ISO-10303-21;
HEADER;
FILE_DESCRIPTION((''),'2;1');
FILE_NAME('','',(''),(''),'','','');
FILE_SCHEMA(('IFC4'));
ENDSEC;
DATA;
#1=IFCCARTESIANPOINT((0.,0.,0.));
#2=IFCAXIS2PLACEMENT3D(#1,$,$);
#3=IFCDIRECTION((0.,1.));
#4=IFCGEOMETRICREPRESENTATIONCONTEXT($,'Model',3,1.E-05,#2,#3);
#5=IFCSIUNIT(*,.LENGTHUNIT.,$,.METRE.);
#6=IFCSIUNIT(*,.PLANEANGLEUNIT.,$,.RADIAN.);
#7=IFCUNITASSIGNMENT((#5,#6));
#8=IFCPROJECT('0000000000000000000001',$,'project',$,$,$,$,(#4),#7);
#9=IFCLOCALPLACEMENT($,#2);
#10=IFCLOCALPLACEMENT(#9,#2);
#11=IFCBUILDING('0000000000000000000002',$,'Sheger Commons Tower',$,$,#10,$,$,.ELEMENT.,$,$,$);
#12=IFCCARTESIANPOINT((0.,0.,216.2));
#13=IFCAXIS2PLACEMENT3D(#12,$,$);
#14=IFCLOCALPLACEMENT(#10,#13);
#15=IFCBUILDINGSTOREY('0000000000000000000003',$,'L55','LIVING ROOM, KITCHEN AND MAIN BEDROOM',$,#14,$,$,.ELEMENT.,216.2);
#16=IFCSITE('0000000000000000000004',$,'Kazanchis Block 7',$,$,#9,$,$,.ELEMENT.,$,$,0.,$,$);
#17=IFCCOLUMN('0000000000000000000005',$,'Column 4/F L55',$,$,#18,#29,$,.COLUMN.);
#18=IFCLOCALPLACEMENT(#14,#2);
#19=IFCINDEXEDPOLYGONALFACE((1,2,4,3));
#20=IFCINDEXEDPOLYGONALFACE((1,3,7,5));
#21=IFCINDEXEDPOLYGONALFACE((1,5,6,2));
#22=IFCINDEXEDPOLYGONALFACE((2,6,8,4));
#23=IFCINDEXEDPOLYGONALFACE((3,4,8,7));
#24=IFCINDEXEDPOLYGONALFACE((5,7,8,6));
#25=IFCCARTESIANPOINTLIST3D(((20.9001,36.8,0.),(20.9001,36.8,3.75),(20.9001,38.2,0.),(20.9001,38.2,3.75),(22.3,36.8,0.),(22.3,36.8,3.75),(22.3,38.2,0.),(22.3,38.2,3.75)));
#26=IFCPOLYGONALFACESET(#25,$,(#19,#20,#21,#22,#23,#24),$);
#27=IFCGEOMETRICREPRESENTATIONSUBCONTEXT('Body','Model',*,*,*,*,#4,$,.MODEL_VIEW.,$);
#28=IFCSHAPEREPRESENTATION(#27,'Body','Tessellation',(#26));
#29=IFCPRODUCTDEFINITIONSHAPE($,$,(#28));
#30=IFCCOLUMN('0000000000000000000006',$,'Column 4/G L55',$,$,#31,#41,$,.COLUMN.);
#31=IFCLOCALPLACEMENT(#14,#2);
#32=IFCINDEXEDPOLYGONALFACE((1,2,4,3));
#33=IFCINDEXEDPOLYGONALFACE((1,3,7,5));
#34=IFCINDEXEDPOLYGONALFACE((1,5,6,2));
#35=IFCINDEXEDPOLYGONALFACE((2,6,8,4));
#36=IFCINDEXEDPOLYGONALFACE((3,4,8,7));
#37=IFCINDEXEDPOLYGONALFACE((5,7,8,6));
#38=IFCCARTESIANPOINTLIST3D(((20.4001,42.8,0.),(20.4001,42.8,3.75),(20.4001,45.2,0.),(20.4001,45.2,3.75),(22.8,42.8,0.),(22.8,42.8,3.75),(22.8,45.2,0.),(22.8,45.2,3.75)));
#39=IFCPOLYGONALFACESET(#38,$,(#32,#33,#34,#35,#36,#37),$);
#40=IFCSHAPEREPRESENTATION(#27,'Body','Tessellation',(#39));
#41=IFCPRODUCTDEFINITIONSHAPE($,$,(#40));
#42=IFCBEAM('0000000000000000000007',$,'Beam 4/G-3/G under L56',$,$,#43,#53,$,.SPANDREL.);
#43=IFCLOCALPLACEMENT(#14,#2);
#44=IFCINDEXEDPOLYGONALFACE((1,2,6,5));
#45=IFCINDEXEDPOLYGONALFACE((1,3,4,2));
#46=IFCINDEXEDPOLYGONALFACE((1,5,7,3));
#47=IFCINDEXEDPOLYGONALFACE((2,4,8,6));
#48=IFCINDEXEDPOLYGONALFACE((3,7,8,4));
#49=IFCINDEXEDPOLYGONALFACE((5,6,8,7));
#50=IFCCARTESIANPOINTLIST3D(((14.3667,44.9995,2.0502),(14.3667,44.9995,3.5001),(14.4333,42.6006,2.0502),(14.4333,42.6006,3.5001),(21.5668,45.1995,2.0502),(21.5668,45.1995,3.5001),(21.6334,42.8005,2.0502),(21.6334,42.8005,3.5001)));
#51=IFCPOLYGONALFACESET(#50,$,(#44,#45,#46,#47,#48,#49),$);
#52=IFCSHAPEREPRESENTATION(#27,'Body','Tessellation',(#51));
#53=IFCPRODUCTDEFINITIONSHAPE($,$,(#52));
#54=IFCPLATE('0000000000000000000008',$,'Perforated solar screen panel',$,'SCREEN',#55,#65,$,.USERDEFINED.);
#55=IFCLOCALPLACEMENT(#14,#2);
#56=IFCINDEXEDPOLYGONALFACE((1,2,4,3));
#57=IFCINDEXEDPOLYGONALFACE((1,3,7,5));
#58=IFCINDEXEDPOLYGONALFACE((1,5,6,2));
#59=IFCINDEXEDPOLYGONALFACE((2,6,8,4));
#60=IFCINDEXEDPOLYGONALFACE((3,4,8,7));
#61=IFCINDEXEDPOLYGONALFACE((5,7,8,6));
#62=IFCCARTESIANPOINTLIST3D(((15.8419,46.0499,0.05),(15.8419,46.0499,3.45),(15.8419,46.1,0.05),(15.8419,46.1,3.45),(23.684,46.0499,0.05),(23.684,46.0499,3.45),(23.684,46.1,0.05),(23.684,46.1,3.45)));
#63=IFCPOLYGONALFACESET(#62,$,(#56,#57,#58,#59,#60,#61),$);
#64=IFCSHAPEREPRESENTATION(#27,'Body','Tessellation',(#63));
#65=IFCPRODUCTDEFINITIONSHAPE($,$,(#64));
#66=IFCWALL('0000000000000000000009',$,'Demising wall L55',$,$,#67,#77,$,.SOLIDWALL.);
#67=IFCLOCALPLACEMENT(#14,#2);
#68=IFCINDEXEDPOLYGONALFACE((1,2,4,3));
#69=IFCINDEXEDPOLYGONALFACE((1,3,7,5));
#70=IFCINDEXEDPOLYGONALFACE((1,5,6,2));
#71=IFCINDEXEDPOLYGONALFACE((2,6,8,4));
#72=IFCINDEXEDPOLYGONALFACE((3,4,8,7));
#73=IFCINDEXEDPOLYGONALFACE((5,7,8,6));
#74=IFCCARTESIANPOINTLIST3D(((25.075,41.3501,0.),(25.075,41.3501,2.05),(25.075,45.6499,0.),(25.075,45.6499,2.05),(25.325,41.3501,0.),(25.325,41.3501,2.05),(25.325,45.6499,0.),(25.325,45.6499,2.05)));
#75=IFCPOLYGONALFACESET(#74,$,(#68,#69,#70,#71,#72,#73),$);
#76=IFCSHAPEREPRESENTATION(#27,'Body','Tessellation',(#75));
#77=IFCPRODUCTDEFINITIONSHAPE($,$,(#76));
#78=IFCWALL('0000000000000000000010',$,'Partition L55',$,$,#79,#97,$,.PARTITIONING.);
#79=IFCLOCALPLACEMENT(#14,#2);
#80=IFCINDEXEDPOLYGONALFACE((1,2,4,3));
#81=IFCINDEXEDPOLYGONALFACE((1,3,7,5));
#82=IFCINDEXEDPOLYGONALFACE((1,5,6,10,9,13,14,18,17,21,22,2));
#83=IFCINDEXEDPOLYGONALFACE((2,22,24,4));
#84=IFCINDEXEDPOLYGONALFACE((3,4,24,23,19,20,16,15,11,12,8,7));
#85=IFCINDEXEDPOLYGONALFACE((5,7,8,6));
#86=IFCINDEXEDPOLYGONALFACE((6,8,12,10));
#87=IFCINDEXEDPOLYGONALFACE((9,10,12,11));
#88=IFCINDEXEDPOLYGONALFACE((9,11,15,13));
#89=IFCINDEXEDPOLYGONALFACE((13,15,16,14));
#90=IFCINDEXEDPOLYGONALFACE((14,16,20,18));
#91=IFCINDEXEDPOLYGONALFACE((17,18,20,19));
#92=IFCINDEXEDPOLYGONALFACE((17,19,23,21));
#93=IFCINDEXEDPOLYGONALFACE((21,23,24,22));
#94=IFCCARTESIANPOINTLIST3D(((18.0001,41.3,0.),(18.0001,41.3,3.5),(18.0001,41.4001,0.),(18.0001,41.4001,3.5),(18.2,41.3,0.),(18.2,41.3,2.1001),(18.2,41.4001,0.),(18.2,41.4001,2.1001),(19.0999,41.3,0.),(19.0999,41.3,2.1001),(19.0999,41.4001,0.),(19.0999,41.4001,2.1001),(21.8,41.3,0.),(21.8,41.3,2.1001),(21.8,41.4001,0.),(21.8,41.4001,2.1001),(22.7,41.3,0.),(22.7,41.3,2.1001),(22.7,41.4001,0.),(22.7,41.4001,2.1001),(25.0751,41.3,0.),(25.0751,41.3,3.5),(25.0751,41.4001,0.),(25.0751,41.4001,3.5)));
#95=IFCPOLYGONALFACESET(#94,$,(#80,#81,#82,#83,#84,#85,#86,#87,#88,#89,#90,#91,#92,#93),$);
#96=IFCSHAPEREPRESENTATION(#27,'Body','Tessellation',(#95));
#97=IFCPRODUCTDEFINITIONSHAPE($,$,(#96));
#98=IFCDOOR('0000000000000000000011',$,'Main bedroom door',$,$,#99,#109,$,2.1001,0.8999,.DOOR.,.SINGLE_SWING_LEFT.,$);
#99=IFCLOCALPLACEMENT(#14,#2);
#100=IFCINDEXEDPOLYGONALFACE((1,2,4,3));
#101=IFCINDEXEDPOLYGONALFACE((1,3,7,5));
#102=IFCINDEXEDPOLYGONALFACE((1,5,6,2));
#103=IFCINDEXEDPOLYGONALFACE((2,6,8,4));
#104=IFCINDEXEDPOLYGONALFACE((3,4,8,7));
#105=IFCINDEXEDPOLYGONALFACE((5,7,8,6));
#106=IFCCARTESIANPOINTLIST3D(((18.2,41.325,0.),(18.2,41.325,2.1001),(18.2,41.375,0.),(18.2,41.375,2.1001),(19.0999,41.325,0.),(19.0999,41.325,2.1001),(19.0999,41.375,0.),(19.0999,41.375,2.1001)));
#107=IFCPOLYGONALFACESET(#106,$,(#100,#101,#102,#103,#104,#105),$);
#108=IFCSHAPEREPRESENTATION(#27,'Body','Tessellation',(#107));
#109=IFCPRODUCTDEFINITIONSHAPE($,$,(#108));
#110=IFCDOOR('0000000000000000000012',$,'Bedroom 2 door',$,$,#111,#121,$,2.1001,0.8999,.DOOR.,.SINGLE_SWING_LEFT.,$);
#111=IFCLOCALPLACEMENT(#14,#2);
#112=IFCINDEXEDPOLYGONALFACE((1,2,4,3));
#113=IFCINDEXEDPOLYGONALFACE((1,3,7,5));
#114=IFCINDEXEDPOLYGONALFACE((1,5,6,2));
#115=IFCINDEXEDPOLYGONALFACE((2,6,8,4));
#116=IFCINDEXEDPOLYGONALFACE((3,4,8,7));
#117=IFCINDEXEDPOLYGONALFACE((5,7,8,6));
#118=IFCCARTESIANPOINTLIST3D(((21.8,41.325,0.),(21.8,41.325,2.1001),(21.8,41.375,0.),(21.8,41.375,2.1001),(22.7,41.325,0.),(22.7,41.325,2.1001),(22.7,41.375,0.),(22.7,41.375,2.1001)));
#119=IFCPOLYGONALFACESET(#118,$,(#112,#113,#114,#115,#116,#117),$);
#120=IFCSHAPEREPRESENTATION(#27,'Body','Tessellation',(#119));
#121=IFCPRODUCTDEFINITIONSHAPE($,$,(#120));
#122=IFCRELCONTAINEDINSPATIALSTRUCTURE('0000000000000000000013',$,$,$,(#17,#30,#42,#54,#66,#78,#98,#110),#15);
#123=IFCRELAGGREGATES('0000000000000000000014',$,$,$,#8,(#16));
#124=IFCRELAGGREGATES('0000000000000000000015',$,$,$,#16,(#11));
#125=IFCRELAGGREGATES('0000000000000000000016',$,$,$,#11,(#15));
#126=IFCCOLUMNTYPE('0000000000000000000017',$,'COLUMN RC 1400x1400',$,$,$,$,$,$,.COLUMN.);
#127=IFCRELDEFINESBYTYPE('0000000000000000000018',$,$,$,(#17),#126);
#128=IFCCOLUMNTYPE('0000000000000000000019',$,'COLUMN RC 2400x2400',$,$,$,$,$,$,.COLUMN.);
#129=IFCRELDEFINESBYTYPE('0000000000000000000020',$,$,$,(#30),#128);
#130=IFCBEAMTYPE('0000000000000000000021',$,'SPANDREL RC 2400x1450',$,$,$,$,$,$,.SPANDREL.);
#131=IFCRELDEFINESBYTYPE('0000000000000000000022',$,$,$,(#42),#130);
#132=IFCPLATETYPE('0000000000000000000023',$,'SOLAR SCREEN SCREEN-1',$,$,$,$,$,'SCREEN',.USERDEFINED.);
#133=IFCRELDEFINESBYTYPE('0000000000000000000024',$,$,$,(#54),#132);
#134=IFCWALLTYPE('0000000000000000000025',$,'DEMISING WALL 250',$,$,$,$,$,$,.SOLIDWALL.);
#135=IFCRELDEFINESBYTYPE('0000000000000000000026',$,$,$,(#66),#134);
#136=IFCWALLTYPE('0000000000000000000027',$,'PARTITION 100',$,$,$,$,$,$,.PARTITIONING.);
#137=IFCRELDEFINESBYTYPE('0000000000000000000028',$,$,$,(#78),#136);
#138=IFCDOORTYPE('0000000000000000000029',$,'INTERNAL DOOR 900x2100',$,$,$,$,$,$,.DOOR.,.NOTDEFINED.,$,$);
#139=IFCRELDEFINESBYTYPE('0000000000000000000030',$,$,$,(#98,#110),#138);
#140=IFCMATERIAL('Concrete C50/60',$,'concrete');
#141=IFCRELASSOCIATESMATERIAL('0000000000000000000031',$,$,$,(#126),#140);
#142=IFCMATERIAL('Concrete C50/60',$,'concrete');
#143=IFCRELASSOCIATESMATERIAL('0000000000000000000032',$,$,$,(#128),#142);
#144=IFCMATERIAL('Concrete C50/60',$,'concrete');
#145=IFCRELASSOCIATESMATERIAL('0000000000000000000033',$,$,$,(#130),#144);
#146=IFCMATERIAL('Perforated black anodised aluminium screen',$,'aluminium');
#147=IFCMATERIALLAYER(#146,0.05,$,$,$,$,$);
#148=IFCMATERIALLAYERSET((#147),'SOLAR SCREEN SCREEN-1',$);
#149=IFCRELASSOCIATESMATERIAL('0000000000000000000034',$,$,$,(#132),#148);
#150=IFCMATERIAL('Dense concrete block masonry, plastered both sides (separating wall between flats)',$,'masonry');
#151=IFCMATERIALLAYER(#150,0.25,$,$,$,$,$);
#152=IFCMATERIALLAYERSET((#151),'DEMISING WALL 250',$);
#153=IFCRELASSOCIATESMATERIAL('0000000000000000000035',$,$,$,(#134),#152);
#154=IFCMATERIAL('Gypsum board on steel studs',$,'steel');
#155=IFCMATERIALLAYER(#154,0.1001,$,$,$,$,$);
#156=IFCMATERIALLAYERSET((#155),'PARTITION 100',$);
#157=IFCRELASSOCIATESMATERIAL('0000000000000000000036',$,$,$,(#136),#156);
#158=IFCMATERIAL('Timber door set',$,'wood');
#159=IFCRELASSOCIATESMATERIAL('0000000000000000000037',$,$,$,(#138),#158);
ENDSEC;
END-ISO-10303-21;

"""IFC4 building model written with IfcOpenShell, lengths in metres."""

from ifc_helpers import new_model, si_unit, direction, frame, frame_2d, origin, origin_2d, place, context, subcontext, project, spatial, rectangle, extrude, material, layer, layer_set, material_profile, profile_set, type_object, element, fill, save


model = new_model("IFC4")

# Units and contexts
model_context = context("Model", 3, precision=1e-05, world=origin(), true_north=direction((0.0, 1.0)))
body_context = subcontext(model_context, "Body", "Model", "MODEL_VIEW")
ifc_project = project(units=[si_unit("LENGTHUNIT", "METRE"), si_unit("PLANEANGLEUNIT", "RADIAN")], contexts=[model_context])

# Site, building, storey
site_placement = place(None, origin())
site = spatial("IfcSite", under=ifc_project, at=site_placement, Name="Kazanchis Block 7", CompositionType="ELEMENT", RefElevation=0.0)
building_placement = place(site_placement, origin())
building = spatial("IfcBuilding", under=site, at=building_placement, Name="Sheger Commons Tower", CompositionType="ELEMENT")
storey_placement = place(building_placement, frame((0.0, 0.0, 216.2)))
storey = spatial("IfcBuildingStorey", under=building, at=storey_placement, Name="L55", Description="LIVING ROOM, KITCHEN AND MAIN BEDROOM", CompositionType="ELEMENT", Elevation=216.2)

# Columns
ifc_material_1 = material(Name="Concrete C50/60", Category="concrete")
ifc_material_profile_1 = material_profile(ifc_material_1, rectangle(XDim=1.3999, YDim=1.3999, at=origin_2d()), Name="RC 1400x1400")
ifc_profile_set_1 = profile_set([ifc_material_profile_1], Name="Concrete C50/60")
column_type_1 = type_object("IfcColumnType", Name="COLUMN RC 1400x1400", PredefinedType="COLUMN", material=ifc_profile_set_1)
column_1_placement = place(storey_placement, frame((21.6001, 37.5, 0.0), z_axis=(0.0, 0.0, 1.0), x_axis=(1.0, 0.0, 0.0)))
element("IfcColumn", 1, at=column_1_placement, inside=storey, type_object=column_type_1, Name="Column 4/F L55", PredefinedType="COLUMN", context=body_context, shape_type="SweptSolid", body=[
    extrude(rectangle(XDim=1.3999, YDim=1.3999, at=origin_2d()), origin(), (0.0, 0.0, 1.0), 3.75),
])
ifc_material_2 = material(Name="Concrete C50/60", Category="concrete")
ifc_material_profile_2 = material_profile(ifc_material_2, rectangle(XDim=2.3999, YDim=2.3999, at=origin_2d()), Name="RC 2400x2400")
ifc_profile_set_2 = profile_set([ifc_material_profile_2], Name="Concrete C50/60")
column_type_2 = type_object("IfcColumnType", Name="COLUMN RC 2400x2400", PredefinedType="COLUMN", material=ifc_profile_set_2)
column_2_placement = place(storey_placement, frame((21.6001, 44.0, 0.0), z_axis=(0.0, 0.0, 1.0), x_axis=(1.0, 0.0, 0.0)))
element("IfcColumn", 2, at=column_2_placement, inside=storey, type_object=column_type_2, Name="Column 4/G L55", PredefinedType="COLUMN", context=body_context, shape_type="SweptSolid", body=[
    extrude(rectangle(XDim=2.3999, YDim=2.3999, at=origin_2d()), origin(), (0.0, 0.0, 1.0), 3.75),
])

# Beam
ifc_material_3 = material(Name="Concrete C50/60", Category="concrete")
ifc_material_profile_3 = material_profile(ifc_material_3, rectangle(XDim=2.3999, YDim=1.45, at=origin_2d()), Name="RC 2400x1450")
ifc_profile_set_3 = profile_set([ifc_material_profile_3], Name="Concrete C50/60")
beam_type = type_object("IfcBeamType", Name="SPANDREL RC 2400x1450", PredefinedType="SPANDREL", material=ifc_profile_set_3)
beam_placement = place(storey_placement, frame((21.6001, 44.0, 2.7751), z_axis=(-0.999615, -0.02776, 0.0), x_axis=(0.02776, -0.999615, 0.0)))
element("IfcBeam", 3, at=beam_placement, inside=storey, type_object=beam_type, Name="Beam 4/G-3/G under L56", PredefinedType="SPANDREL", context=body_context, shape_type="SweptSolid", body=[
    extrude(rectangle(XDim=2.3999, YDim=1.45, at=origin_2d()), origin(), (0.0, 0.0, 1.0), 7.2029),
])

# Plate
ifc_material_4 = material(Name="Perforated black anodised aluminium screen", Category="aluminium")
ifc_layer_1 = layer(ifc_material_4, 0.05)
ifc_layer_set_1 = layer_set([ifc_layer_1], Name="SOLAR SCREEN SCREEN-1")
plate_type = type_object("IfcPlateType", Name="SOLAR SCREEN SCREEN-1", ElementType="SCREEN", PredefinedType="USERDEFINED", material=ifc_layer_set_1)
plate_placement = place(storey_placement, frame((19.7629, 46.075, 0.05), z_axis=(0.0, 0.0, 1.0), x_axis=(-1.0, 0.0, 0.0)))
element("IfcPlate", 4, at=plate_placement, inside=storey, type_object=plate_type, Name="Perforated solar screen panel", ObjectType="SCREEN", PredefinedType="USERDEFINED", context=body_context, shape_type="SweptSolid", body=[
    extrude(rectangle(XDim=7.842, YDim=0.05, at=origin_2d()), origin(), (0.0, 0.0, 1.0), 3.3999),
])

# Wall
ifc_material_5 = material(Name="Dense concrete block masonry, plastered both sides (separating wall between flats)", Category="masonry")
ifc_layer_2 = layer(ifc_material_5, 0.25)
ifc_layer_set_2 = layer_set([ifc_layer_2], Name="DEMISING WALL 250")
wall_type_1 = type_object("IfcWallType", Name="DEMISING WALL 250", PredefinedType="SOLIDWALL", material=ifc_layer_set_2)
wall_1_placement = place(storey_placement, frame((25.2, 41.3501, 0.0), z_axis=(0.0, 0.0, 1.0), x_axis=(0.0, 1.0, 0.0)))
element("IfcWall", 5, at=wall_1_placement, inside=storey, type_object=wall_type_1, Name="Demising wall L55", PredefinedType="SOLIDWALL", context=body_context, shape_type="SweptSolid", body=[
    extrude(rectangle(XDim=4.2998, YDim=0.25, at=frame_2d((2.1499, 0.0))), origin(), (0.0, 0.0, 1.0), 2.05),
])

# Wall, openings, doors
ifc_material_6 = material(Name="Gypsum board on steel studs", Category="steel")
ifc_layer_3 = layer(ifc_material_6, 0.1001)
ifc_layer_set_3 = layer_set([ifc_layer_3], Name="PARTITION 100")
wall_type_2 = type_object("IfcWallType", Name="PARTITION 100", PredefinedType="PARTITIONING", material=ifc_layer_set_3)
wall_2_placement = place(storey_placement, frame((18.0, 41.3501, 0.0), z_axis=(0.0, 0.0, 1.0), x_axis=(1.0, 0.0, 0.0)))
wall_2 = element("IfcWall", 6, at=wall_2_placement, inside=storey, type_object=wall_type_2, Name="Partition L55", PredefinedType="PARTITIONING", context=body_context, shape_type="SweptSolid", body=[
    extrude(rectangle(XDim=7.075, YDim=0.1001, at=frame_2d((3.5376, 0.0))), origin(), (0.0, 0.0, 1.0), 3.5),
])
opening_1_placement = place(wall_2_placement, frame((0.2, 0.0, 0.0)))
opening_1 = element("IfcOpeningElement", 7, at=opening_1_placement, cuts=wall_2, PredefinedType="OPENING", context=body_context, shape_type="SweptSolid", body=[
    extrude(rectangle(XDim=0.8999, YDim=2.1001, at=frame_2d((0.45, 1.05))), frame((0.0, 0.0601, 0.0), z_axis=(0.0, -1.0, 0.0), x_axis=(1.0, 0.0, 0.0)), (0.0, 0.0, 1.0), 0.1201),
])
opening_2_placement = place(wall_2_placement, frame((3.8, 0.0, 0.0)))
opening_2 = element("IfcOpeningElement", 8, at=opening_2_placement, cuts=wall_2, PredefinedType="OPENING", context=body_context, shape_type="SweptSolid", body=[
    extrude(rectangle(XDim=0.8999, YDim=2.1001, at=frame_2d((0.45, 1.05))), frame((0.0, 0.0601, 0.0), z_axis=(0.0, -1.0, 0.0), x_axis=(1.0, 0.0, 0.0)), (0.0, 0.0, 1.0), 0.1201),
])
ifc_material_7 = material(Name="Timber door set", Category="wood")
door_type = type_object("IfcDoorType", Name="INTERNAL DOOR 900x2100", OperationType="NOTDEFINED", PredefinedType="DOOR", material=ifc_material_7)
door_1_placement = place(opening_1_placement, origin())
door_1 = element("IfcDoor", 9, at=door_1_placement, inside=storey, type_object=door_type, Name="Main bedroom door", OperationType="SINGLE_SWING_LEFT", OverallHeight=2.1001, OverallWidth=0.8999, PredefinedType="DOOR", context=body_context, shape_type="SweptSolid", body=[
    extrude(rectangle(XDim=0.8999, YDim=2.1001, at=frame_2d((0.45, 1.05))), frame((0.0, 0.0249, 0.0), z_axis=(0.0, -1.0, 0.0), x_axis=(1.0, 0.0, 0.0)), (0.0, 0.0, 1.0), 0.05),
])
fill(opening_1, door_1)
door_2_placement = place(opening_2_placement, origin())
door_2 = element("IfcDoor", 10, at=door_2_placement, inside=storey, type_object=door_type, Name="Bedroom 2 door", OperationType="SINGLE_SWING_LEFT", OverallHeight=2.1001, OverallWidth=0.8999, PredefinedType="DOOR", context=body_context, shape_type="SweptSolid", body=[
    extrude(rectangle(XDim=0.8999, YDim=2.1001, at=frame_2d((0.45, 1.05))), frame((0.0, 0.0249, 0.0), z_axis=(0.0, -1.0, 0.0), x_axis=(1.0, 0.0, 0.0)), (0.0, 0.0, 1.0), 0.05),
])
fill(opening_2, door_2)

save(model, "model.ifc")
